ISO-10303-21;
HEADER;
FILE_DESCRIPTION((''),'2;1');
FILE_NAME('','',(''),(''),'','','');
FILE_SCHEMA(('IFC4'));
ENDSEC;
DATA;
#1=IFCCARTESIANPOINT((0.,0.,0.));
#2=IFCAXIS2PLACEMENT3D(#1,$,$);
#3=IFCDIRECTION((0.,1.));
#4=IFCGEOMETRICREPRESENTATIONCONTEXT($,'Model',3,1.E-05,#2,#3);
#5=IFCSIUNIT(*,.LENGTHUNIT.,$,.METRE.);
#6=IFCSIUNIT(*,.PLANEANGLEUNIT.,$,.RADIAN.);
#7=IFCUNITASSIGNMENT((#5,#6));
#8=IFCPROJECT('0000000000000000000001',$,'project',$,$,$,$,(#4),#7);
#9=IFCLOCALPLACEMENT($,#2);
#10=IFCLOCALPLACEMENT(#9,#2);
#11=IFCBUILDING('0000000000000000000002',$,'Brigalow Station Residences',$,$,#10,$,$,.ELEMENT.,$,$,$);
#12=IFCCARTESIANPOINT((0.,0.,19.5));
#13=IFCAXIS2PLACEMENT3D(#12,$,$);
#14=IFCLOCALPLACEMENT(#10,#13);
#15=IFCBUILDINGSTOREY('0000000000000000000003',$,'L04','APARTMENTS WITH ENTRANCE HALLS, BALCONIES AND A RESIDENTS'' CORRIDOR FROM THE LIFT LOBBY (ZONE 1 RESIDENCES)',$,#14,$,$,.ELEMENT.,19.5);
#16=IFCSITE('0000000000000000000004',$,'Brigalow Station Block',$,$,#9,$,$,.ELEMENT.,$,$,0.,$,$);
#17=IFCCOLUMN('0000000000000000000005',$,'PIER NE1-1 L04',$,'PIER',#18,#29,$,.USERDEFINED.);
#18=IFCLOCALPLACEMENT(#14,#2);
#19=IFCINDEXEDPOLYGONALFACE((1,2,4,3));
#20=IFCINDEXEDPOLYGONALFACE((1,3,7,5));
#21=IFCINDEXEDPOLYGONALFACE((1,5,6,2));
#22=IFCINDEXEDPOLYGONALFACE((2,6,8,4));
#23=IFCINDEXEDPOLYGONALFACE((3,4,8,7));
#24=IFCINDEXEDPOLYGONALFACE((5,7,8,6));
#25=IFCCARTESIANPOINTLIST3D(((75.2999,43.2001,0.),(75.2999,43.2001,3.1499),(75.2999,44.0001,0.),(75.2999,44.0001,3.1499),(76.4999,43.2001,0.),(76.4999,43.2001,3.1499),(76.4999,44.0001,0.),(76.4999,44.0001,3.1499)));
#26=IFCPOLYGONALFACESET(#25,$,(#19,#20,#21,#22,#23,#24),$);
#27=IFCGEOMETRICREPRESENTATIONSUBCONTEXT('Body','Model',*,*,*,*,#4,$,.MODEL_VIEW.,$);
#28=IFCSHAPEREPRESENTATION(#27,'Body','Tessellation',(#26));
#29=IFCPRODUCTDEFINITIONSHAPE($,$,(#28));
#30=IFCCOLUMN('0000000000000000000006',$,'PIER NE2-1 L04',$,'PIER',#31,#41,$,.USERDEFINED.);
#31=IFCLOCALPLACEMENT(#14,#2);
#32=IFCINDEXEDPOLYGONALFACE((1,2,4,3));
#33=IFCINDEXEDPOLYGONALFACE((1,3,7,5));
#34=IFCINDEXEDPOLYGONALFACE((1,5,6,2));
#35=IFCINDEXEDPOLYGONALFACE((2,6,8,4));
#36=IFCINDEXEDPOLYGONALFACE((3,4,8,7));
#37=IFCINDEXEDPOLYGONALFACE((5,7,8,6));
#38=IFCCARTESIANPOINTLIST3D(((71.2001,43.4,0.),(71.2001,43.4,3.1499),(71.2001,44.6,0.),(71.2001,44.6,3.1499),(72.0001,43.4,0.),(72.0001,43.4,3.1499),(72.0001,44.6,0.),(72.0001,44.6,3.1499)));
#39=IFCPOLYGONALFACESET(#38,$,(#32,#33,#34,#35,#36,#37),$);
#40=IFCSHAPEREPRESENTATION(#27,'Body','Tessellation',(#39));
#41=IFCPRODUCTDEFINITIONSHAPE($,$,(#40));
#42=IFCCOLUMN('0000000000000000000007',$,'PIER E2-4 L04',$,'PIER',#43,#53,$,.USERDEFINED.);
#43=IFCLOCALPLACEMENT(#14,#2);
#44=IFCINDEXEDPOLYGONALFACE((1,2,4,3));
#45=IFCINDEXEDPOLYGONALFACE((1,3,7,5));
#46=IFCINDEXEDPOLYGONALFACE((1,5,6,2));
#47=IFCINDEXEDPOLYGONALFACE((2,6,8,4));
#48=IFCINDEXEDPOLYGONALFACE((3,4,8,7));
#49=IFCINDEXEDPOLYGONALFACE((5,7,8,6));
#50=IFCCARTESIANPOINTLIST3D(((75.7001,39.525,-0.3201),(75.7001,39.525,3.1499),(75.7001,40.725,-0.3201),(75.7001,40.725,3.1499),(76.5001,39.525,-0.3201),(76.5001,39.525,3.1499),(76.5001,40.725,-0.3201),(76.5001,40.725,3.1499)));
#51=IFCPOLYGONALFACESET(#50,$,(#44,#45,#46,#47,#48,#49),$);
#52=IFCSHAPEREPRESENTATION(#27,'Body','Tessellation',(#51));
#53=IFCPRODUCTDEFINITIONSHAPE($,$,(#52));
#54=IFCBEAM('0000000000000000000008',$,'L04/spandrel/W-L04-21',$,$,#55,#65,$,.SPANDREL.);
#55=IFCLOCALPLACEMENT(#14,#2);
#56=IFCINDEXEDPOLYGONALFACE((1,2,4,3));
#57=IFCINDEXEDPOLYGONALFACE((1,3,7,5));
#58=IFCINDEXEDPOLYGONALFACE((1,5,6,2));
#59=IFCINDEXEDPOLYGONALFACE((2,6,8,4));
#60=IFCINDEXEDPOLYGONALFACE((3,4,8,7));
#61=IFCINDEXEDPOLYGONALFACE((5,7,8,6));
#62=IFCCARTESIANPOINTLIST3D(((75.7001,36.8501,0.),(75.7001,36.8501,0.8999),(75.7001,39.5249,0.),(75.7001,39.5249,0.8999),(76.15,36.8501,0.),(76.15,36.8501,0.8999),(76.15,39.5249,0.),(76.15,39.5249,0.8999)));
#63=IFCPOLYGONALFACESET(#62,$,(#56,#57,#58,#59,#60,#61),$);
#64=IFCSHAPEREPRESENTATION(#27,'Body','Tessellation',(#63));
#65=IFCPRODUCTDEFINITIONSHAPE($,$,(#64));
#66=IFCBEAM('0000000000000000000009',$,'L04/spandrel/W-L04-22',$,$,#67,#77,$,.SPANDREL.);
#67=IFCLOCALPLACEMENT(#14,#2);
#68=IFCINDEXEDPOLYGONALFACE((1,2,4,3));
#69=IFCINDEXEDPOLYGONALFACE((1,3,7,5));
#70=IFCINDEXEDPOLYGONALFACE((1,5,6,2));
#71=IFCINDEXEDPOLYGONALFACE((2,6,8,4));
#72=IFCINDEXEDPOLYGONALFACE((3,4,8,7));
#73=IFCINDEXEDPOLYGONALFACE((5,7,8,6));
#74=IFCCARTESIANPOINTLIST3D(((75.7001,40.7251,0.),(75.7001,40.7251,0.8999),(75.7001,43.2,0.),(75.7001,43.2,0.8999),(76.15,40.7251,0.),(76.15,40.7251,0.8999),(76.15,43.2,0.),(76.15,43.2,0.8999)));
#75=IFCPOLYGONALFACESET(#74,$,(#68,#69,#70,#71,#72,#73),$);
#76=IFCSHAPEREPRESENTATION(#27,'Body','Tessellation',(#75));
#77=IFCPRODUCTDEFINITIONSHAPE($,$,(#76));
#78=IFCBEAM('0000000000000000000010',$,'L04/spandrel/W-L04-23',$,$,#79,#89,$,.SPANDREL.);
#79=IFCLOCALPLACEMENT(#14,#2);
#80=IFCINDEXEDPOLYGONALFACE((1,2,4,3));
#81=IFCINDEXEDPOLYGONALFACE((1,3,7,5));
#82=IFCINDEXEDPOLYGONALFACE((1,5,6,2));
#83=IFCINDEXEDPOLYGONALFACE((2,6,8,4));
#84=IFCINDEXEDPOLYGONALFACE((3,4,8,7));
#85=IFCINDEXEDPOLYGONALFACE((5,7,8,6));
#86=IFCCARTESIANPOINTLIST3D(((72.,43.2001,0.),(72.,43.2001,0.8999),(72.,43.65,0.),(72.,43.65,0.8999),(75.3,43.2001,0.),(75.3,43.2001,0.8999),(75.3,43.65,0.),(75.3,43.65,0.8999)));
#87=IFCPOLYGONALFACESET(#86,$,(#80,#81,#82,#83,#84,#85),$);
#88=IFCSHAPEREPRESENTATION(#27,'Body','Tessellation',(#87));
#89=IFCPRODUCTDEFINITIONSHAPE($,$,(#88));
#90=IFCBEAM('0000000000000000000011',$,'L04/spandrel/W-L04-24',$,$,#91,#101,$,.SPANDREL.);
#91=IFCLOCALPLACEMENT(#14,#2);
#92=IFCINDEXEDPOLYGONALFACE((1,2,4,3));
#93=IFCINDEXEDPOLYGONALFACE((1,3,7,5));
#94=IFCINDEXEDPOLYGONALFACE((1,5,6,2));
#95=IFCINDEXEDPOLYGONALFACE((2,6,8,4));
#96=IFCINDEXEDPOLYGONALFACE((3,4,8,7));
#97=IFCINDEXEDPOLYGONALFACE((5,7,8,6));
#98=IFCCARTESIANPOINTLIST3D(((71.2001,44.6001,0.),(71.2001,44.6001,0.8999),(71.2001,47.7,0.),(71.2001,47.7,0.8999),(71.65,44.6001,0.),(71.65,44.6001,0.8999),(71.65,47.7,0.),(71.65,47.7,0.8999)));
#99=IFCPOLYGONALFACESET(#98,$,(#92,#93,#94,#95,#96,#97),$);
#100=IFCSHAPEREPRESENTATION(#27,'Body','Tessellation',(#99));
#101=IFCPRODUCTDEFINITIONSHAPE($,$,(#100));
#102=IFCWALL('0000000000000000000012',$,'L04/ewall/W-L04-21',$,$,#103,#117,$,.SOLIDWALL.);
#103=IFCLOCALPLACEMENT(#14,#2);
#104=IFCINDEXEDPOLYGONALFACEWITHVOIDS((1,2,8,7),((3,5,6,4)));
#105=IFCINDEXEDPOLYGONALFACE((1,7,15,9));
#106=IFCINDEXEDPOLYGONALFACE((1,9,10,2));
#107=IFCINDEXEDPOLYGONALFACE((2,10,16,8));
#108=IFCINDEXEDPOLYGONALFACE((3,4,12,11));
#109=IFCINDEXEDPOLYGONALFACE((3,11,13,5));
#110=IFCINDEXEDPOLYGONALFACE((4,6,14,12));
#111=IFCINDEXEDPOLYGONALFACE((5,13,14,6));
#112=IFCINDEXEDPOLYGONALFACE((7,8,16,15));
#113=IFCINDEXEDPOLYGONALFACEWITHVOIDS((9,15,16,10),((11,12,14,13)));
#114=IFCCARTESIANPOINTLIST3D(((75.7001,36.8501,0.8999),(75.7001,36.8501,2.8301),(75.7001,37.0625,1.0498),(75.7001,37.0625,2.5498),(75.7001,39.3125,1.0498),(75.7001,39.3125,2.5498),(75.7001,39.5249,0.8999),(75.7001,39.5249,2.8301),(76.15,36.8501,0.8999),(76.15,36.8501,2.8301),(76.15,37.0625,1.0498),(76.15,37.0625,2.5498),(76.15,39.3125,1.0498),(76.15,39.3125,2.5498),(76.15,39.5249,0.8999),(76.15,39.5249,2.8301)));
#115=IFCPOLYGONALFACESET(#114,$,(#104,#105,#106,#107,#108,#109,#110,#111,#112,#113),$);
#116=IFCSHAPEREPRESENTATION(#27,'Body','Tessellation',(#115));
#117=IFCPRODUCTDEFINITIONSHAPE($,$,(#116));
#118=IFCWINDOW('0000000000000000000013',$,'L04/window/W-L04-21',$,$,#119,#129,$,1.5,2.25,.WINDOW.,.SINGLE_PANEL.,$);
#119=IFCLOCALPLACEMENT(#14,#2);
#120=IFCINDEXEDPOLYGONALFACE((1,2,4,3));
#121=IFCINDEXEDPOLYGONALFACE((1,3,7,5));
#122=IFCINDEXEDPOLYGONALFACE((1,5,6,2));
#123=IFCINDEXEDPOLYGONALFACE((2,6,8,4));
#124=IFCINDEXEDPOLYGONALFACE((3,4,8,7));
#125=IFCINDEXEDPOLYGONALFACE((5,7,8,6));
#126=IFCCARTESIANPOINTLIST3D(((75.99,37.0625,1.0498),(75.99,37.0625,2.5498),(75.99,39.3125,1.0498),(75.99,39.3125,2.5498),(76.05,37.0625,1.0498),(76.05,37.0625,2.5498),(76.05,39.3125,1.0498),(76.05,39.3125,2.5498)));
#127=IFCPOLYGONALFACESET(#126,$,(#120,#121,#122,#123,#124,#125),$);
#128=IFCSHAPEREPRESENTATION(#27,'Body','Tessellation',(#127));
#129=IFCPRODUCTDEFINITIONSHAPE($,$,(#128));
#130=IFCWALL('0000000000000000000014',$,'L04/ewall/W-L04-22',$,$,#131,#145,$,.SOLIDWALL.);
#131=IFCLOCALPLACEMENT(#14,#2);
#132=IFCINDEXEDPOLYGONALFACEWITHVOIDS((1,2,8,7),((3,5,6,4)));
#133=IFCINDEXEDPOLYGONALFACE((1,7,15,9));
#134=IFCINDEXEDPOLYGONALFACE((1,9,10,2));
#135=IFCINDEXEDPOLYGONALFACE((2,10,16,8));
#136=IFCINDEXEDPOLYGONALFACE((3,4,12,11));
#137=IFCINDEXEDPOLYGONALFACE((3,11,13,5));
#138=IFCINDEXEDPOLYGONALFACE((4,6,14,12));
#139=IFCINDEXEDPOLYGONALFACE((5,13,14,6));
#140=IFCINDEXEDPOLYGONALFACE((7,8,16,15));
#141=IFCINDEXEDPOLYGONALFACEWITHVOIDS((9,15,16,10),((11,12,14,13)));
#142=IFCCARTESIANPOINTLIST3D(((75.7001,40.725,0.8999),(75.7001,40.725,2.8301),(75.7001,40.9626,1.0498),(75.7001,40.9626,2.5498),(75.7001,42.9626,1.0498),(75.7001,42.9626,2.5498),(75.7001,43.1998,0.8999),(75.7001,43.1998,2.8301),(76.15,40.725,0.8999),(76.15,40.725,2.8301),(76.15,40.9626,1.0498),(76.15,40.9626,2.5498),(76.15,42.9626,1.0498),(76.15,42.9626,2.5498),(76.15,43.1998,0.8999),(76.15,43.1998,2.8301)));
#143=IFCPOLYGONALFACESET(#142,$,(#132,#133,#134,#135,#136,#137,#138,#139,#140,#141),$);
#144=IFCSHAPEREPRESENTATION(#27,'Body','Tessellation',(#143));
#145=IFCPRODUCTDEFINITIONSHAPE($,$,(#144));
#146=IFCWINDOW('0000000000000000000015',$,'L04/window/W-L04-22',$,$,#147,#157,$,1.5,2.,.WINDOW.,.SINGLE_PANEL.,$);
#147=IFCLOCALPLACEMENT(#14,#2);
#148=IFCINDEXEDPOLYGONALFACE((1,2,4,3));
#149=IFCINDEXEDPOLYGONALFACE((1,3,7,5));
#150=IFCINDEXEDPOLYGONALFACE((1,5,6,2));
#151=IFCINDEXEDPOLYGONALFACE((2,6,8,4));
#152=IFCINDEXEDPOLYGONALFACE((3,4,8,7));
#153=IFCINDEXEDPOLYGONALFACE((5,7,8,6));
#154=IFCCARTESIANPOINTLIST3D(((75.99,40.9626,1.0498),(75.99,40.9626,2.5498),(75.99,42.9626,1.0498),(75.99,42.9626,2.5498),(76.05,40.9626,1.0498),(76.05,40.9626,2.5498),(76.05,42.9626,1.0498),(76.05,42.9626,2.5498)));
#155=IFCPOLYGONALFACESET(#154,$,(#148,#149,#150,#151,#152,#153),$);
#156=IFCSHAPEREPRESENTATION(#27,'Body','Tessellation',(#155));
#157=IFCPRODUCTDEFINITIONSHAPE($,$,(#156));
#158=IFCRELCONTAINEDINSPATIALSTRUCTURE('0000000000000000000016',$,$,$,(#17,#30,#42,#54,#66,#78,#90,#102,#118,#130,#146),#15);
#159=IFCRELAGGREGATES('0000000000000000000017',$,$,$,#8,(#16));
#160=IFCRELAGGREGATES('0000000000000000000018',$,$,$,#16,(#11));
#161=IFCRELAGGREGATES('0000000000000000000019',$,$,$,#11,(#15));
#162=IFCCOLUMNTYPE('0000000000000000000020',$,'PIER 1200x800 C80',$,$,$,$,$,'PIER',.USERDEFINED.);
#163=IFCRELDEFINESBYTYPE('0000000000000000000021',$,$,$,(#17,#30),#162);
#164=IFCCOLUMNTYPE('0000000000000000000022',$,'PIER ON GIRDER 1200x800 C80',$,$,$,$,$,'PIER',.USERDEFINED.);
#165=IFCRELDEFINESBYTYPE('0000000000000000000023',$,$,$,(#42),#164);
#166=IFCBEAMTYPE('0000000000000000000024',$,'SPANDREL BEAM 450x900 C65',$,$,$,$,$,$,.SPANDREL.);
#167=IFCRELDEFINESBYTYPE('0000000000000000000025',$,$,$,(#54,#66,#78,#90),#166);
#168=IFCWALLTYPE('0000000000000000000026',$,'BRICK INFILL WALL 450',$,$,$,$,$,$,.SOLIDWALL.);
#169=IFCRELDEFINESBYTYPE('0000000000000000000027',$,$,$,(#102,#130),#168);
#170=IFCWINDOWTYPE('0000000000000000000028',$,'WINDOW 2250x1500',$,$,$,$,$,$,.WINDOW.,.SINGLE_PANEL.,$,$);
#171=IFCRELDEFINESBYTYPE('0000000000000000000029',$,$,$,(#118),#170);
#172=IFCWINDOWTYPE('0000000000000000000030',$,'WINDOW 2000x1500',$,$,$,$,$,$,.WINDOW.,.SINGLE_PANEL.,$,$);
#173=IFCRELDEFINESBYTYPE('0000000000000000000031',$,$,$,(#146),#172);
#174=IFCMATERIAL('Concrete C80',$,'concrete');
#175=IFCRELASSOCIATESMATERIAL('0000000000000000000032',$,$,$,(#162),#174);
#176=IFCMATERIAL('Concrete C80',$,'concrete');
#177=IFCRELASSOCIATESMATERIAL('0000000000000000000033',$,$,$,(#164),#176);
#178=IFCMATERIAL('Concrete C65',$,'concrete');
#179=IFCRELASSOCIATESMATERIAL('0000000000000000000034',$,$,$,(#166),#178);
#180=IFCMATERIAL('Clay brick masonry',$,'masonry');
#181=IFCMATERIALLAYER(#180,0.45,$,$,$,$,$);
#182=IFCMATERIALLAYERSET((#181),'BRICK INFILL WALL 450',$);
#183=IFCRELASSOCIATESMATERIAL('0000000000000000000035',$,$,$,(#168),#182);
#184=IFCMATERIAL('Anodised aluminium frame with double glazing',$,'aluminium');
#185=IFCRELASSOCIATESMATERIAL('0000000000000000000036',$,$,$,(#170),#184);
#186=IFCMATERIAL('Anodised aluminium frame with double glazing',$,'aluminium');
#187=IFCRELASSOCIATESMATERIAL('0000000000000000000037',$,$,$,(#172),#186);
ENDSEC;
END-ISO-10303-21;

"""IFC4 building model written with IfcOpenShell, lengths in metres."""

from ifc_helpers import new_model, si_unit, direction, frame, frame_2d, origin, origin_2d, place, context, subcontext, project, spatial, rectangle, extrude, material, layer, layer_set, material_profile, profile_set, type_object, element, fill, save


model = new_model("IFC4")

# Units and contexts
model_context = context("Model", 3, precision=1e-05, world=origin(), true_north=direction((0.0, 1.0)))
body_context = subcontext(model_context, "Body", "Model", "MODEL_VIEW")
ifc_project = project(units=[si_unit("LENGTHUNIT", "METRE"), si_unit("PLANEANGLEUNIT", "RADIAN")], contexts=[model_context])

# Site, building, storey
site_placement = place(None, origin())
site = spatial("IfcSite", under=ifc_project, at=site_placement, Name="Brigalow Station Block", CompositionType="ELEMENT", RefElevation=0.0)
building_placement = place(site_placement, origin())
building = spatial("IfcBuilding", under=site, at=building_placement, Name="Brigalow Station Residences", CompositionType="ELEMENT")
storey_placement = place(building_placement, frame((0.0, 0.0, 19.5)))
storey = spatial("IfcBuildingStorey", under=building, at=storey_placement, Name="L04", Description="APARTMENTS WITH ENTRANCE HALLS, BALCONIES AND A RESIDENTS' CORRIDOR FROM THE LIFT LOBBY (ZONE 1 RESIDENCES)", CompositionType="ELEMENT", Elevation=19.5)

# Columns
ifc_material_1 = material(Name="Concrete C80", Category="concrete")
ifc_material_profile_1 = material_profile(ifc_material_1, rectangle(XDim=1.2, YDim=0.8, at=origin_2d()), Name="RC1200x800")
ifc_profile_set_1 = profile_set([ifc_material_profile_1], Name="Concrete C80")
column_type_1 = type_object("IfcColumnType", Name="PIER 1200x800 C80", ElementType="PIER", PredefinedType="USERDEFINED", material=ifc_profile_set_1)
for number, where, z_axis, x_axis, name in (
    (1, (75.8999, 43.6001, 0.0), (0.0, 0.0, 1.0), (-1.0, 0.0, 0.0), "PIER NE1-1 L04"),
    (2, (71.6001, 44.0, 0.0), (0.0, 0.0, 1.0), (0.0, 1.0, 0.0), "PIER NE2-1 L04"),
):
    element("IfcColumn", number, at=place(storey_placement, frame(where, z_axis=z_axis, x_axis=x_axis)), inside=storey, type_object=column_type_1, Name=name, ObjectType="PIER", PredefinedType="USERDEFINED", context=body_context, shape_type="SweptSolid", body=[
        extrude(rectangle(XDim=1.2, YDim=0.8, at=origin_2d()), origin(), (0.0, 0.0, 1.0), 3.1499),
    ])
ifc_material_2 = material(Name="Concrete C80", Category="concrete")
ifc_material_profile_2 = material_profile(ifc_material_2, rectangle(XDim=1.2, YDim=0.8, at=origin_2d()), Name="RC1200x800")
ifc_profile_set_2 = profile_set([ifc_material_profile_2], Name="Concrete C80")
column_type_2 = type_object("IfcColumnType", Name="PIER ON GIRDER 1200x800 C80", ElementType="PIER", PredefinedType="USERDEFINED", material=ifc_profile_set_2)
column_placement = place(storey_placement, frame((76.1001, 40.125, -0.3201), z_axis=(0.0, 0.0, 1.0), x_axis=(0.0, 1.0, 0.0)))
element("IfcColumn", 3, at=column_placement, inside=storey, type_object=column_type_2, Name="PIER E2-4 L04", ObjectType="PIER", PredefinedType="USERDEFINED", context=body_context, shape_type="SweptSolid", body=[
    extrude(rectangle(XDim=1.2, YDim=0.8, at=origin_2d()), origin(), (0.0, 0.0, 1.0), 3.47),
])

# Beams
ifc_material_3 = material(Name="Concrete C65", Category="concrete")
ifc_material_profile_3 = material_profile(ifc_material_3, rectangle(XDim=0.45, YDim=0.8999, at=origin_2d()), Name="RC450x900")
ifc_profile_set_3 = profile_set([ifc_material_profile_3], Name="Concrete C65")
beam_type = type_object("IfcBeamType", Name="SPANDREL BEAM 450x900 C65", PredefinedType="SPANDREL", material=ifc_profile_set_3)
beam_1_placement = place(storey_placement, frame((75.925, 36.8501, 0.45), z_axis=(0.0, 1.0, 0.0), x_axis=(-1.0, 0.0, 0.0)))
element("IfcBeam", 4, at=beam_1_placement, inside=storey, type_object=beam_type, Name="L04/spandrel/W-L04-21", PredefinedType="SPANDREL", context=body_context, shape_type="SweptSolid", body=[
    extrude(rectangle(XDim=0.45, YDim=0.8999, at=origin_2d()), origin(), (0.0, 0.0, 1.0), 2.6748),
])
beam_2_placement = place(storey_placement, frame((75.925, 40.7251, 0.45), z_axis=(0.0, 1.0, 0.0), x_axis=(-1.0, 0.0, 0.0)))
element("IfcBeam", 5, at=beam_2_placement, inside=storey, type_object=beam_type, Name="L04/spandrel/W-L04-22", PredefinedType="SPANDREL", context=body_context, shape_type="SweptSolid", body=[
    extrude(rectangle(XDim=0.45, YDim=0.8999, at=origin_2d()), origin(), (0.0, 0.0, 1.0), 2.4749),
])
beam_3_placement = place(storey_placement, frame((75.3, 43.425, 0.45), z_axis=(-1.0, 0.0, 0.0), x_axis=(0.0, -1.0, 0.0)))
element("IfcBeam", 6, at=beam_3_placement, inside=storey, type_object=beam_type, Name="L04/spandrel/W-L04-23", PredefinedType="SPANDREL", context=body_context, shape_type="SweptSolid", body=[
    extrude(rectangle(XDim=0.45, YDim=0.8999, at=origin_2d()), origin(), (0.0, 0.0, 1.0), 3.3),
])
beam_4_placement = place(storey_placement, frame((71.425, 44.6001, 0.45), z_axis=(0.0, 1.0, 0.0), x_axis=(-1.0, 0.0, 0.0)))
element("IfcBeam", 7, at=beam_4_placement, inside=storey, type_object=beam_type, Name="L04/spandrel/W-L04-24", PredefinedType="SPANDREL", context=body_context, shape_type="SweptSolid", body=[
    extrude(rectangle(XDim=0.45, YDim=0.8999, at=origin_2d()), origin(), (0.0, 0.0, 1.0), 3.0999),
])

# Walls, openings, windows
ifc_material_4 = material(Name="Clay brick masonry", Category="masonry")
ifc_layer_1 = layer(ifc_material_4, 0.45)
ifc_layer_set_1 = layer_set([ifc_layer_1], Name="BRICK INFILL WALL 450")
wall_type_1 = type_object("IfcWallType", Name="BRICK INFILL WALL 450", PredefinedType="SOLIDWALL", material=ifc_layer_set_1)
wall_1_placement = place(storey_placement, frame((75.925, 36.8501, 0.8999), z_axis=(0.0, 0.0, 1.0), x_axis=(0.0, 1.0, 0.0)))
wall_1 = element("IfcWall", 8, at=wall_1_placement, inside=storey, type_object=wall_type_1, Name="L04/ewall/W-L04-21", PredefinedType="SOLIDWALL", context=body_context, shape_type="SweptSolid", body=[
    extrude(rectangle(XDim=2.6748, YDim=0.45, at=frame_2d((1.3374, 0.0))), origin(), (0.0, 0.0, 1.0), 1.9302),
])
opening_1_placement = place(wall_1_placement, frame((0.2124, 0.0, 0.1499)))
opening_1 = element("IfcOpeningElement", 9, at=opening_1_placement, cuts=wall_1, PredefinedType="OPENING", context=body_context, shape_type="SweptSolid", body=[
    extrude(rectangle(XDim=2.25, YDim=1.5, at=frame_2d((1.125, 0.75))), frame((0.0, 0.2349, 0.0), z_axis=(0.0, -1.0, 0.0), x_axis=(1.0, 0.0, 0.0)), (0.0, 0.0, 1.0), 0.47),
])
ifc_material_5 = material(Name="Anodised aluminium frame with double glazing", Category="aluminium")
window_type_1 = type_object("IfcWindowType", Name="WINDOW 2250x1500", PartitioningType="SINGLE_PANEL", PredefinedType="WINDOW", material=ifc_material_5)
window_1_placement = place(opening_1_placement, origin())
window_1 = element("IfcWindow", 10, at=window_1_placement, inside=storey, type_object=window_type_1, Name="L04/window/W-L04-21", OverallHeight=1.5, OverallWidth=2.25, PartitioningType="SINGLE_PANEL", PredefinedType="WINDOW", context=body_context, shape_type="SweptSolid", body=[
    extrude(rectangle(XDim=2.25, YDim=1.5, at=frame_2d((1.125, 0.75))), frame((0.0, -0.0649, 0.0), z_axis=(0.0, -1.0, 0.0), x_axis=(1.0, 0.0, 0.0)), (0.0, 0.0, 1.0), 0.0601),
])
fill(opening_1, window_1)
wall_2_placement = place(storey_placement, frame((75.925, 40.7251, 0.8999), z_axis=(0.0, 0.0, 1.0), x_axis=(0.0, 1.0, 0.0)))
wall_2 = element("IfcWall", 11, at=wall_2_placement, inside=storey, type_object=wall_type_1, Name="L04/ewall/W-L04-22", PredefinedType="SOLIDWALL", context=body_context, shape_type="SweptSolid", body=[
    extrude(rectangle(XDim=2.4749, YDim=0.45, at=frame_2d((1.2373, 0.0))), origin(), (0.0, 0.0, 1.0), 1.9302),
])
opening_2_placement = place(wall_2_placement, frame((0.2375, 0.0, 0.1499)))
opening_2 = element("IfcOpeningElement", 12, at=opening_2_placement, cuts=wall_2, PredefinedType="OPENING", context=body_context, shape_type="SweptSolid", body=[
    extrude(rectangle(XDim=2.0, YDim=1.5, at=frame_2d((1.0, 0.75))), frame((0.0, 0.2349, 0.0), z_axis=(0.0, -1.0, 0.0), x_axis=(1.0, 0.0, 0.0)), (0.0, 0.0, 1.0), 0.47),
])
ifc_material_6 = material(Name="Anodised aluminium frame with double glazing", Category="aluminium")
window_type_2 = type_object("IfcWindowType", Name="WINDOW 2000x1500", PartitioningType="SINGLE_PANEL", PredefinedType="WINDOW", material=ifc_material_6)
window_2_placement = place(opening_2_placement, origin())
window_2 = element("IfcWindow", 13, at=window_2_placement, inside=storey, type_object=window_type_2, Name="L04/window/W-L04-22", OverallHeight=1.5, OverallWidth=2.0, PartitioningType="SINGLE_PANEL", PredefinedType="WINDOW", context=body_context, shape_type="SweptSolid", body=[
    extrude(rectangle(XDim=2.0, YDim=1.5, at=frame_2d((1.0, 0.75))), frame((0.0, -0.0649, 0.0), z_axis=(0.0, -1.0, 0.0), x_axis=(1.0, 0.0, 0.0)), (0.0, 0.0, 1.0), 0.0601),
])
fill(opening_2, window_2)

save(model, "model.ifc")
